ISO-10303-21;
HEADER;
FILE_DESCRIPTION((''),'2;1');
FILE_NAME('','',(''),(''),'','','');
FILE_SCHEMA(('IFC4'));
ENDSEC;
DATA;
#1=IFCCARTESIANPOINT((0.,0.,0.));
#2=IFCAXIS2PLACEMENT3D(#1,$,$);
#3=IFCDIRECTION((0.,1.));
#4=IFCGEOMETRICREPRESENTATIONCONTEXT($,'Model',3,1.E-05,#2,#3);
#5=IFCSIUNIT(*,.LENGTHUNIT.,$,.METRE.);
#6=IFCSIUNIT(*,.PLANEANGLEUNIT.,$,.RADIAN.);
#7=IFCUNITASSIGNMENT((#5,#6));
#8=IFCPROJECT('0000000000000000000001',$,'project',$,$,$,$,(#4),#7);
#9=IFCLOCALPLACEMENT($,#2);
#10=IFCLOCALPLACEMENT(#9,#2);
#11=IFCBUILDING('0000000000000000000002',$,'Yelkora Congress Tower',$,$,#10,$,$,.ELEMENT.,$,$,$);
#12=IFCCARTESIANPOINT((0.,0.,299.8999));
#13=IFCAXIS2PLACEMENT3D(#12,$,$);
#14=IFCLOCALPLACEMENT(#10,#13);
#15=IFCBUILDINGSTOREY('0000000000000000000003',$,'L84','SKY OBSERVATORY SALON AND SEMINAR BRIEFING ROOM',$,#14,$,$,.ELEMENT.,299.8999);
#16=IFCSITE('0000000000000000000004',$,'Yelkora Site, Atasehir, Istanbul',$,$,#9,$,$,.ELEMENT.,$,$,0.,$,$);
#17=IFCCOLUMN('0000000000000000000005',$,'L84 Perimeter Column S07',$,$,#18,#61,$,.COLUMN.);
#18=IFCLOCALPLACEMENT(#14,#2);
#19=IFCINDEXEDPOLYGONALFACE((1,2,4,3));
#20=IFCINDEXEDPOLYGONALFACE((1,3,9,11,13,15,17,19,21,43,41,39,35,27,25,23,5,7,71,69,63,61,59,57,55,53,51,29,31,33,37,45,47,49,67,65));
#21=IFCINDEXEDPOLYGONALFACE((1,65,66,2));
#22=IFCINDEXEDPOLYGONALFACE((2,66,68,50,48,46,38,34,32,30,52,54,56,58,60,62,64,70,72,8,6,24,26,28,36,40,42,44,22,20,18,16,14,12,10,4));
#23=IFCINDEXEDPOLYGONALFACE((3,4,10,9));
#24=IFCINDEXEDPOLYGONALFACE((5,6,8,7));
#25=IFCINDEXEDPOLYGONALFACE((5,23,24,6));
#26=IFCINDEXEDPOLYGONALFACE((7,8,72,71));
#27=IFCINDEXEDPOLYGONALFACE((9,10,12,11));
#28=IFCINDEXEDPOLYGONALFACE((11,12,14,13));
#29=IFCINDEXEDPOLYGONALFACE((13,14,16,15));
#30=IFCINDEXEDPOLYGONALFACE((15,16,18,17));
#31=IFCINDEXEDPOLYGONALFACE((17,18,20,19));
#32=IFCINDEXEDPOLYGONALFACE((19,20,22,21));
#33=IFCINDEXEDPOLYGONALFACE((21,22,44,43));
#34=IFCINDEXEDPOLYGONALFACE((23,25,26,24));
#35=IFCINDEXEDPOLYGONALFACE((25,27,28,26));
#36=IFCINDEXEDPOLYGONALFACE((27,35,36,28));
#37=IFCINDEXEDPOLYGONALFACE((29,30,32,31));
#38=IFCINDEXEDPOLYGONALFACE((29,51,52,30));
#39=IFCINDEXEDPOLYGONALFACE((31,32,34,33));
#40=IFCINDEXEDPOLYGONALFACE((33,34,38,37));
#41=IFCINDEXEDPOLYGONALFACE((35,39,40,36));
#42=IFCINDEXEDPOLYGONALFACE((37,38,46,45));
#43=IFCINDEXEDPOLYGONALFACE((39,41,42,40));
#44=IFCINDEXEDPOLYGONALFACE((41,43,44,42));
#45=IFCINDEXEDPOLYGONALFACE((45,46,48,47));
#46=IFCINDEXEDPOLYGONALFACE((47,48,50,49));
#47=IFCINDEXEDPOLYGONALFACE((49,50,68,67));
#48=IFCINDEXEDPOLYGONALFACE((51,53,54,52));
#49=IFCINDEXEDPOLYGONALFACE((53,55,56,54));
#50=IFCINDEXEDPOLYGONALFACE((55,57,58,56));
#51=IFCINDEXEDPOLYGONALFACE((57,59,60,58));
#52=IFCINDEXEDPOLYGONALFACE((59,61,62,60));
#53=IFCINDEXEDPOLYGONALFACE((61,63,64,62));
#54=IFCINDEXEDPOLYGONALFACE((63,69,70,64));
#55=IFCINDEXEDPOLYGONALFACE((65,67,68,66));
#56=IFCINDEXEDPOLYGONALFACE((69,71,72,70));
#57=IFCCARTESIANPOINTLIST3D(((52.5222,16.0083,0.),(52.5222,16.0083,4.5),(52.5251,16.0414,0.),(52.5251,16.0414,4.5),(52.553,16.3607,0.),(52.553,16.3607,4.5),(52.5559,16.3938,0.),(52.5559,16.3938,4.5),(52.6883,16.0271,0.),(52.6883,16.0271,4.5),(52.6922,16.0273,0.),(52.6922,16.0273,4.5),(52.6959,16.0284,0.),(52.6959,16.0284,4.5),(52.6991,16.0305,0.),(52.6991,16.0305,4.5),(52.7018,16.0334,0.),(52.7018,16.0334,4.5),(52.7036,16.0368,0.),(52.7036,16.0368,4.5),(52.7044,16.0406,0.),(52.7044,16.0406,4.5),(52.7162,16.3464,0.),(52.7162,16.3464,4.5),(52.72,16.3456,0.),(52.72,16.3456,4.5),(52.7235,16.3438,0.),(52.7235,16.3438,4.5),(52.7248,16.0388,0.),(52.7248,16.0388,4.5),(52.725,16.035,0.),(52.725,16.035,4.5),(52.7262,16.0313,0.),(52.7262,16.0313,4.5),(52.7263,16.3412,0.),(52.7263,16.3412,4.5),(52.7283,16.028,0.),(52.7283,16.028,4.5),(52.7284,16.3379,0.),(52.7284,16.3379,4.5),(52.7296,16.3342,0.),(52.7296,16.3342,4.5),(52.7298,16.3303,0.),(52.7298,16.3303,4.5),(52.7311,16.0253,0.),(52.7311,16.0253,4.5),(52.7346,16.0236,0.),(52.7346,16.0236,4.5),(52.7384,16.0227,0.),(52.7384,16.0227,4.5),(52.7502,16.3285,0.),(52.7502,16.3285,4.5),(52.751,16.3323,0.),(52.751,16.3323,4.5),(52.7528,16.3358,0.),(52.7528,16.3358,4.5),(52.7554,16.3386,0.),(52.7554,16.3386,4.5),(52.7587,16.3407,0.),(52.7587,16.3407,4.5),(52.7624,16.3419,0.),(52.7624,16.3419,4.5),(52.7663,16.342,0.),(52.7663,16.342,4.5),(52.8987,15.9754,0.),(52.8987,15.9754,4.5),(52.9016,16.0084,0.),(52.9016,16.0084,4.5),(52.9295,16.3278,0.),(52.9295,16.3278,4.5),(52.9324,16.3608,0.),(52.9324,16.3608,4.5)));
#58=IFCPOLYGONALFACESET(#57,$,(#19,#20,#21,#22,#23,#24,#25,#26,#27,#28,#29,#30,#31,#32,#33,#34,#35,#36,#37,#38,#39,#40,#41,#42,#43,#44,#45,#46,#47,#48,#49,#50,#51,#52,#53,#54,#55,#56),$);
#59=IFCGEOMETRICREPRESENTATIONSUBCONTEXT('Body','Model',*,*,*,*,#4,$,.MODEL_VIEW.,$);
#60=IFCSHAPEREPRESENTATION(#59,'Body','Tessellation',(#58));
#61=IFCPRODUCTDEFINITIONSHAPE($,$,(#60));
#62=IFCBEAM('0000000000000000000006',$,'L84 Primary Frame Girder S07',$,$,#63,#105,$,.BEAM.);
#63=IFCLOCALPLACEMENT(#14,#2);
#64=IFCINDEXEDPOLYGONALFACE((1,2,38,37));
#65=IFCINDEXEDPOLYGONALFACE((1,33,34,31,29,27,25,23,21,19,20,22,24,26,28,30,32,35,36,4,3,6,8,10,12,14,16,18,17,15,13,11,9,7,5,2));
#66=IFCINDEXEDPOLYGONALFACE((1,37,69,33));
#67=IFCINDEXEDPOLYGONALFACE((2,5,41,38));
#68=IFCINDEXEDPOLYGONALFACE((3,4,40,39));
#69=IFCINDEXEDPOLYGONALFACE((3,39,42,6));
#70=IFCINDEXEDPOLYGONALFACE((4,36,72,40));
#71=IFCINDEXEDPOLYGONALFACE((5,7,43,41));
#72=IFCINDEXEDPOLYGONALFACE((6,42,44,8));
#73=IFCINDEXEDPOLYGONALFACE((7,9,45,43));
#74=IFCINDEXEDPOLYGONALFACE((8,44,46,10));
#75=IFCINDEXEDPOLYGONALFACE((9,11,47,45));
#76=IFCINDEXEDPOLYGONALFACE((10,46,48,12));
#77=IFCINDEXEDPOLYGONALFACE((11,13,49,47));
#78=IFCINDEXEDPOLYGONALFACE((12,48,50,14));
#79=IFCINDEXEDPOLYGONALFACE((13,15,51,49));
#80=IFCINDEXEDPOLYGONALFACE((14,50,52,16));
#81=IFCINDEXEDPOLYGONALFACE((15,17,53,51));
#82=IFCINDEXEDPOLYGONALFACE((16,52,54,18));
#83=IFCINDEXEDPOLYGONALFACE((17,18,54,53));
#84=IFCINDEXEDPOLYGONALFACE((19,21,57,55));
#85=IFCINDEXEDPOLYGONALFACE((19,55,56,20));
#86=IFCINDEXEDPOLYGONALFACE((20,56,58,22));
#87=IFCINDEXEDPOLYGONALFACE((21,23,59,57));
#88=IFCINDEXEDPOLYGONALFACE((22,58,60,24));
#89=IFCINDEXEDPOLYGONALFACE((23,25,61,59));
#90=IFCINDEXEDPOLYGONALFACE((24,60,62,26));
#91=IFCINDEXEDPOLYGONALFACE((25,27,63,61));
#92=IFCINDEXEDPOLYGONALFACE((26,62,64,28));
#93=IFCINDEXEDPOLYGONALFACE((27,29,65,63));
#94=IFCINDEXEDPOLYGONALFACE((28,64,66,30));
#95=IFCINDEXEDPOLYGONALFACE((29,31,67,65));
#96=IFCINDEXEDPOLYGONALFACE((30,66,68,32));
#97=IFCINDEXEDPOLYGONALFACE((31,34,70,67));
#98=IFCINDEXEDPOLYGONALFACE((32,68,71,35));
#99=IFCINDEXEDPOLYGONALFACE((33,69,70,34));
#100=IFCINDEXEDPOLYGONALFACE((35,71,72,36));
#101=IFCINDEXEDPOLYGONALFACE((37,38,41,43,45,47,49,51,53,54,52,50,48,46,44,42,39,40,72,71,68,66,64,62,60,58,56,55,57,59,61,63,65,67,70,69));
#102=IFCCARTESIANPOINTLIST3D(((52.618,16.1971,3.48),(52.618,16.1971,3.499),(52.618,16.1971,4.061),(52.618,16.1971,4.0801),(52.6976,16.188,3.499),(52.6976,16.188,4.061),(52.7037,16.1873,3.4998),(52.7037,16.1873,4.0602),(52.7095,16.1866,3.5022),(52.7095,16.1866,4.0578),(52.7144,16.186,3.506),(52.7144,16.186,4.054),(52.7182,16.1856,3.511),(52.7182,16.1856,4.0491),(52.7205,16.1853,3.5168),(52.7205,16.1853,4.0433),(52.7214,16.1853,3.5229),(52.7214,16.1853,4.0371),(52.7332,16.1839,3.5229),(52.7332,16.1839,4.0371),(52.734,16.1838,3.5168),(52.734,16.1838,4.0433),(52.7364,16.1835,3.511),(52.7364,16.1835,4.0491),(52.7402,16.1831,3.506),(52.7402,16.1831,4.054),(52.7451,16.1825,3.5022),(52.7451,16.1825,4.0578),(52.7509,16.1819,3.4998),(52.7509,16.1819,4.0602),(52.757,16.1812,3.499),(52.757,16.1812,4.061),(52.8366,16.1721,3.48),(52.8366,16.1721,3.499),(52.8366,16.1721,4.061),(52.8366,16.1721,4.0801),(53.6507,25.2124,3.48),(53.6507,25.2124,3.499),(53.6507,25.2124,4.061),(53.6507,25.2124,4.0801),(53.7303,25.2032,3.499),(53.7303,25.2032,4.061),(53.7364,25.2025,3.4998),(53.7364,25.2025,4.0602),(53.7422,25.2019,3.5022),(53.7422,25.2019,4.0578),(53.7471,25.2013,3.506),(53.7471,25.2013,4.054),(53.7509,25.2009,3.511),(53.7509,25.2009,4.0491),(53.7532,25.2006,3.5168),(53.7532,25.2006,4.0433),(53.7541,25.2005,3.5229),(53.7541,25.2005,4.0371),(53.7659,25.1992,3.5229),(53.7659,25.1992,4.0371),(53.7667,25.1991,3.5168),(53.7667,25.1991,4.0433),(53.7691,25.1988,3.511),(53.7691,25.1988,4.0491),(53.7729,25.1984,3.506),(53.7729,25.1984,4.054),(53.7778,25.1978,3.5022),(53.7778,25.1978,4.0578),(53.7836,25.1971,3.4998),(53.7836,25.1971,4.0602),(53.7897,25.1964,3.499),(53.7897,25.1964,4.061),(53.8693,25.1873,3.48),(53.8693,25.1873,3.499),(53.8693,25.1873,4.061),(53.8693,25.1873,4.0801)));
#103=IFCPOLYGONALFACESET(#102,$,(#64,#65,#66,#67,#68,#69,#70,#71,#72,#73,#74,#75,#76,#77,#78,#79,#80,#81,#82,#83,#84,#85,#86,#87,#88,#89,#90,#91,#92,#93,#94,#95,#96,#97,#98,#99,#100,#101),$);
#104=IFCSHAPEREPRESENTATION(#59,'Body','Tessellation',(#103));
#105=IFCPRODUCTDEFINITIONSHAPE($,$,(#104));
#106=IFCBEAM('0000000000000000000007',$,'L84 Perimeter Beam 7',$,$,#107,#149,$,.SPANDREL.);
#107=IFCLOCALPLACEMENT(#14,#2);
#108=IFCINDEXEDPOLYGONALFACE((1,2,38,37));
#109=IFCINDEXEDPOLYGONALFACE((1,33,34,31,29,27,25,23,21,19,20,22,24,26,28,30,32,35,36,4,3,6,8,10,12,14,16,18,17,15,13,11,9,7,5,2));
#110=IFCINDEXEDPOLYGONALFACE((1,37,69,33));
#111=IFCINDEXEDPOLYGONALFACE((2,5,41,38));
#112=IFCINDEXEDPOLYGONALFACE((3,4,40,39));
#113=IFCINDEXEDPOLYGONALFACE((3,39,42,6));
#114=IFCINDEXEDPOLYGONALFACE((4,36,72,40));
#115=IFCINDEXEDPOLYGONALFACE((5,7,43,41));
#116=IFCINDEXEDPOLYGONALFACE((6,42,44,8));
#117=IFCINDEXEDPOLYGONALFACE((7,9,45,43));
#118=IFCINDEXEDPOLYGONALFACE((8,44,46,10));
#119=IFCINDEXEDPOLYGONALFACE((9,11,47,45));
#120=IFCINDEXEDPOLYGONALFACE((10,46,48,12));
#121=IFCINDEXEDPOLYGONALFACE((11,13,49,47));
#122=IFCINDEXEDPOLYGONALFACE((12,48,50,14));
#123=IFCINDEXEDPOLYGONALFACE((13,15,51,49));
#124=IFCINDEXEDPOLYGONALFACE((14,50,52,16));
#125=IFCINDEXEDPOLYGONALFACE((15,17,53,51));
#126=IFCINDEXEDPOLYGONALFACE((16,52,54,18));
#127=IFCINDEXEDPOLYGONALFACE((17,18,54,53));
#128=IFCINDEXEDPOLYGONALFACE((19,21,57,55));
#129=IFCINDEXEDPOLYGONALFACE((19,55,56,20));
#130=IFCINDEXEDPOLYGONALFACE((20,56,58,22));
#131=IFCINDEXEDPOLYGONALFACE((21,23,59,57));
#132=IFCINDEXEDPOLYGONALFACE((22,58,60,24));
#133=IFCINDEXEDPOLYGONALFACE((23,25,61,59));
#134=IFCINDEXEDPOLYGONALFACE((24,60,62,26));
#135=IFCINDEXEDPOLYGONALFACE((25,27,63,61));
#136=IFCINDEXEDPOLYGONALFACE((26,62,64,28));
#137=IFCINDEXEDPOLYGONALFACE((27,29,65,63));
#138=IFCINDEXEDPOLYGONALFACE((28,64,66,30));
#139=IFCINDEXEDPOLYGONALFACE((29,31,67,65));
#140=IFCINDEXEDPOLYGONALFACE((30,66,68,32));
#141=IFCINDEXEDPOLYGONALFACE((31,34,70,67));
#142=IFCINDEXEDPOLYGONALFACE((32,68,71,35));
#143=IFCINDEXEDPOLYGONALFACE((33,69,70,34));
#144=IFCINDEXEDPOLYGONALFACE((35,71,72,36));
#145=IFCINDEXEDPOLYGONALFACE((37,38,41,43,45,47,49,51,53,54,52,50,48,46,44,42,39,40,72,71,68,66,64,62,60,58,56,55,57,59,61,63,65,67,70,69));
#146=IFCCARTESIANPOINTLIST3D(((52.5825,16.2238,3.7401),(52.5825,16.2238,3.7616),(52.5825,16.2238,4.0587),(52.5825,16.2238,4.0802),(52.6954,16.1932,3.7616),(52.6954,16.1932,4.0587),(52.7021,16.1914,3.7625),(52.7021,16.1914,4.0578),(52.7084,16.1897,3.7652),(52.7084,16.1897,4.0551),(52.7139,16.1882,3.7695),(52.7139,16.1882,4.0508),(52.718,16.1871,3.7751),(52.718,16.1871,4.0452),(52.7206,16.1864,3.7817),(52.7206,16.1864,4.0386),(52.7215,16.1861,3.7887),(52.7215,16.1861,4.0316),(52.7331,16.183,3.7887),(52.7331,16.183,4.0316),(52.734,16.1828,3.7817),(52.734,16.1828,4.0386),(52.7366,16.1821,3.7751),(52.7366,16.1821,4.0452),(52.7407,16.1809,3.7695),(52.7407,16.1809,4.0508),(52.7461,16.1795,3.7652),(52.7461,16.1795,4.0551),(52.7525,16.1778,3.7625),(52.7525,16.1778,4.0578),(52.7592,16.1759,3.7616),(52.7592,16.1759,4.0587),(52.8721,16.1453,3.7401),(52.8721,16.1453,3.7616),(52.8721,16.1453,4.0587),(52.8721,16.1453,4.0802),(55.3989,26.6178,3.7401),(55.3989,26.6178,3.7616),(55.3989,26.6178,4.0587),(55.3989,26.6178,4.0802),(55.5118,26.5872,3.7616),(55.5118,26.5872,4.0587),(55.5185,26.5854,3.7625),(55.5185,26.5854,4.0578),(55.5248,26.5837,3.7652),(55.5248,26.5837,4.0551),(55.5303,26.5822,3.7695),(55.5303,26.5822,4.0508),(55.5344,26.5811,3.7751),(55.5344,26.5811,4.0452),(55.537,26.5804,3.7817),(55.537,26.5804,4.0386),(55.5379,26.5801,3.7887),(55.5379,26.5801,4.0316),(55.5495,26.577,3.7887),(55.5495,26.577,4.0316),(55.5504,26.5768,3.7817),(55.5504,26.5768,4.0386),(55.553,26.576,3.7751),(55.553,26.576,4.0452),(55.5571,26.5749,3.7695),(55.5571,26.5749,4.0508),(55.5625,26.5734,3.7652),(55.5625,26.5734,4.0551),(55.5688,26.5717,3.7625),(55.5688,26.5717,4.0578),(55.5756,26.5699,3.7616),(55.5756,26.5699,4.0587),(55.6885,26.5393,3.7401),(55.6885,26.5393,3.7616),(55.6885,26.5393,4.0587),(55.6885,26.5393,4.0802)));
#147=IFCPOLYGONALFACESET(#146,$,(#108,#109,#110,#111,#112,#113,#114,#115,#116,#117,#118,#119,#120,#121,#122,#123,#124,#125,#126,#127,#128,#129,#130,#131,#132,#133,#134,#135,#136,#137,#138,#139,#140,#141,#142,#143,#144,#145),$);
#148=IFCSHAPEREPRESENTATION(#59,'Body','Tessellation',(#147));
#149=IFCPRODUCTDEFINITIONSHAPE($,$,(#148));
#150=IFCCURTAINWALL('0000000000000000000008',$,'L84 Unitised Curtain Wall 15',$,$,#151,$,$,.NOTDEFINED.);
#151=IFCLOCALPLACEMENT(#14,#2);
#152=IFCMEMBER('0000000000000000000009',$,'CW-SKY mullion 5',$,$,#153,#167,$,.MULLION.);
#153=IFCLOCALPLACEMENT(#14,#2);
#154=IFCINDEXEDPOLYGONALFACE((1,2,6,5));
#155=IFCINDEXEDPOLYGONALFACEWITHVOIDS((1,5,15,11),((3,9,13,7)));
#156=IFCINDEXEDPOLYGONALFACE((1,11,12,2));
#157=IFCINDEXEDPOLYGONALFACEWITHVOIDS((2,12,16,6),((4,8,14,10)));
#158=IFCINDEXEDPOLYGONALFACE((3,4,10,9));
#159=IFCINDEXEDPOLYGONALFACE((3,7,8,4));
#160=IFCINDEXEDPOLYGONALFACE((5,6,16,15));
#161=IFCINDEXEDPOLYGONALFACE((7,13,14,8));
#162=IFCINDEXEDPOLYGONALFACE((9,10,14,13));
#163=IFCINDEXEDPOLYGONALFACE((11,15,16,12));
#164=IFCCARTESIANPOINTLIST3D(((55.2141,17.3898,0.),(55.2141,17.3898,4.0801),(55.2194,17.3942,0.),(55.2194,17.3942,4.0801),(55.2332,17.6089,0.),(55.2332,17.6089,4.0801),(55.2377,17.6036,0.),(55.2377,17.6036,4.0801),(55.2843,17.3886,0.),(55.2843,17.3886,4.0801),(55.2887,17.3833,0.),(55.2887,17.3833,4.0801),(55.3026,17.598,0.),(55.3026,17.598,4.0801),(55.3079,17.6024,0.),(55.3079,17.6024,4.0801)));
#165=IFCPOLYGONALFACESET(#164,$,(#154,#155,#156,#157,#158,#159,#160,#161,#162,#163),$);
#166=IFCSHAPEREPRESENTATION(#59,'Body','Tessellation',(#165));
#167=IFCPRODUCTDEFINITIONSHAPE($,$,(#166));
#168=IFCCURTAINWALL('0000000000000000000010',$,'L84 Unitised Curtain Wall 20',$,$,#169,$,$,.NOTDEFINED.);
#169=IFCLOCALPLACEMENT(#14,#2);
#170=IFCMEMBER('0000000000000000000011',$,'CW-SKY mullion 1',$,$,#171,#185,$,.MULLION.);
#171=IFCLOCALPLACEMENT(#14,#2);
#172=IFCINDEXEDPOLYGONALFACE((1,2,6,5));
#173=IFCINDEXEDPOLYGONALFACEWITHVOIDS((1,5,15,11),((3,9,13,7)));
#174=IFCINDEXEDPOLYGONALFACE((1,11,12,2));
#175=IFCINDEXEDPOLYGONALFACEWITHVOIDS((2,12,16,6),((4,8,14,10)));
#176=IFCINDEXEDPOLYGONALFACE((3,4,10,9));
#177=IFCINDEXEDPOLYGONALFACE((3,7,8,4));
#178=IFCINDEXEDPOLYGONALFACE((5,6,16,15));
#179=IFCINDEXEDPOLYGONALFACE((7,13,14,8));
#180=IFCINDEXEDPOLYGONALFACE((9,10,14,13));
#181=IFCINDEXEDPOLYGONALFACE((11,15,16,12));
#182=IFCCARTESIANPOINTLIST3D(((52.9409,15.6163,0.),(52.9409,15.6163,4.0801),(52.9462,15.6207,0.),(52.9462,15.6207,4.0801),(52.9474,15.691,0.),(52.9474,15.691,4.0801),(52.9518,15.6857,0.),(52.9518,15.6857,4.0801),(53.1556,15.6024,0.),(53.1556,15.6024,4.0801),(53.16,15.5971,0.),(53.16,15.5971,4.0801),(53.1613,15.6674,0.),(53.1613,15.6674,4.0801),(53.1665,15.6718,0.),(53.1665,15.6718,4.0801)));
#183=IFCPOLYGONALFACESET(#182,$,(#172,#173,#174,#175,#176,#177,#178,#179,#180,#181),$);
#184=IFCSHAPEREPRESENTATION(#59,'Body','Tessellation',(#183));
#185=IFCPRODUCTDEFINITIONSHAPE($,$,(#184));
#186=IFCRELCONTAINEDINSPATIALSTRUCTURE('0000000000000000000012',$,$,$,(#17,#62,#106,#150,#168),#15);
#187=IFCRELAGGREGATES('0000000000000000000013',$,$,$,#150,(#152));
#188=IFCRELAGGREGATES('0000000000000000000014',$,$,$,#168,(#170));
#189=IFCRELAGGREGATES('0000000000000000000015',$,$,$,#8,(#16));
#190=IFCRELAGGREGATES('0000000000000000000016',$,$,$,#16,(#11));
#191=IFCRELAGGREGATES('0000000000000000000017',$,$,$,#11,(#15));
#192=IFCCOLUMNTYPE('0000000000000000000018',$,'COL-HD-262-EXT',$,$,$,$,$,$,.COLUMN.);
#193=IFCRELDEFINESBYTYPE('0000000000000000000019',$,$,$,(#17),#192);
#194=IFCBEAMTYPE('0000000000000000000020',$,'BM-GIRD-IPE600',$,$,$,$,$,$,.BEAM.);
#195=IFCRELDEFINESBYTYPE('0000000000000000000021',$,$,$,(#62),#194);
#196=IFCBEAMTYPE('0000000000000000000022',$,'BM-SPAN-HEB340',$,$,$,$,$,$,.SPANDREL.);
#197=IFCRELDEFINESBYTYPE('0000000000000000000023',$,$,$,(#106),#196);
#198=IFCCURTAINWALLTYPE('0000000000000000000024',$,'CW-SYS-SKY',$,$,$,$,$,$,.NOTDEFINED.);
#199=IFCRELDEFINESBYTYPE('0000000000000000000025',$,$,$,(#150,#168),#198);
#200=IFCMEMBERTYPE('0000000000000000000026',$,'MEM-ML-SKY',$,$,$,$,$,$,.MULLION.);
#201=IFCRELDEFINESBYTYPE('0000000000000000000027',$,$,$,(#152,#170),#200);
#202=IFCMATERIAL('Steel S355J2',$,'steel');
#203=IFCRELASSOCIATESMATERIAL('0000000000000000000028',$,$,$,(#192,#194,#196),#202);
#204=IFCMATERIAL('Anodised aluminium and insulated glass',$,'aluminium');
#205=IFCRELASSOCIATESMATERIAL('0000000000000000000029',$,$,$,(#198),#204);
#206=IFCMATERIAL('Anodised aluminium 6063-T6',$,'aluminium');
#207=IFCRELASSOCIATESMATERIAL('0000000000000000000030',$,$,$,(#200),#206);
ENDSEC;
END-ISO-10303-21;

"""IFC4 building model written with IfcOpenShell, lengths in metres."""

from ifc_helpers import new_model, si_unit, direction, frame, origin, origin_2d, place, context, subcontext, project, spatial, hollow_rectangle, i_section, extrude, material, material_profile, profile_set, type_object, element, aggregate, save


model = new_model("IFC4")

# Units and contexts
model_context = context("Model", 3, precision=1e-05, world=origin(), true_north=direction((0.0, 1.0)))
body_context = subcontext(model_context, "Body", "Model", "MODEL_VIEW")
ifc_project = project(units=[si_unit("LENGTHUNIT", "METRE"), si_unit("PLANEANGLEUNIT", "RADIAN")], contexts=[model_context])

# Site, building, storey
site_placement = place(None, origin())
site = spatial("IfcSite", under=ifc_project, at=site_placement, Name="Yelkora Site, Atasehir, Istanbul", CompositionType="ELEMENT", RefElevation=0.0)
building_placement = place(site_placement, origin())
building = spatial("IfcBuilding", under=site, at=building_placement, Name="Yelkora Congress Tower", CompositionType="ELEMENT")
storey_placement = place(building_placement, frame((0.0, 0.0, 299.8999)))
storey = spatial("IfcBuildingStorey", under=building, at=storey_placement, Name="L84", Description="SKY OBSERVATORY SALON AND SEMINAR BRIEFING ROOM", CompositionType="ELEMENT", Elevation=299.8999)

# Column
ifc_material_1 = material(Name="Steel S355J2", Category="steel")
ifc_material_profile_1 = material_profile(ifc_material_1, i_section(OverallWidth=0.3779, OverallDepth=0.387, WebThickness=0.0205, FlangeThickness=0.0332, FilletRadius=0.0149, at=origin_2d()), Name="HD 360x262")
ifc_profile_set_1 = profile_set([ifc_material_profile_1], Name="Steel S355J2")
column_type = type_object("IfcColumnType", Name="COL-HD-262-EXT", PredefinedType="COLUMN", material=ifc_profile_set_1)
column_placement = place(storey_placement, frame((52.7273, 16.1846, 0.0), z_axis=(0.0, 0.0, 1.0), x_axis=(0.996195, -0.087156, 0.0)))
element("IfcColumn", 1, at=column_placement, inside=storey, type_object=column_type, Name="L84 Perimeter Column S07", PredefinedType="COLUMN", context=body_context, shape_type="SweptSolid", body=[
    extrude(i_section(OverallWidth=0.3779, OverallDepth=0.387, WebThickness=0.0205, FlangeThickness=0.0332, FilletRadius=0.0149, at=origin_2d()), origin(), (0.0, 0.0, 1.0), 4.5),
])

# Beams
ifc_material_profile_2 = material_profile(ifc_material_1, i_section(OverallWidth=0.22, OverallDepth=0.6001, WebThickness=0.012, FlangeThickness=0.019, FilletRadius=0.0239, at=origin_2d()), Name="IPE 600")
ifc_profile_set_2 = profile_set([ifc_material_profile_2], Name="Steel S355J2")
beam_type_1 = type_object("IfcBeamType", Name="BM-GIRD-IPE600", PredefinedType="BEAM", material=ifc_profile_set_2)
beam_1_placement = place(storey_placement, frame((52.7273, 16.1846, 3.78), z_axis=(0.113806, 0.993503, 0.0), x_axis=(-0.993503, 0.113806, 0.0)))
element("IfcBeam", 2, at=beam_1_placement, inside=storey, type_object=beam_type_1, Name="L84 Primary Frame Girder S07", PredefinedType="BEAM", context=body_context, shape_type="SweptSolid", body=[
    extrude(i_section(OverallWidth=0.22, OverallDepth=0.6001, WebThickness=0.012, FlangeThickness=0.019, FilletRadius=0.0239, at=origin_2d()), origin(), (0.0, 0.0, 1.0), 9.0742),
])
ifc_material_profile_3 = material_profile(ifc_material_1, i_section(OverallWidth=0.3, OverallDepth=0.3401, WebThickness=0.012, FlangeThickness=0.0215, FilletRadius=0.0271, at=origin_2d()), Name="HEB 340")
ifc_profile_set_3 = profile_set([ifc_material_profile_3], Name="Steel S355J2")
beam_type_2 = type_object("IfcBeamType", Name="BM-SPAN-HEB340", PredefinedType="SPANDREL", material=ifc_profile_set_3)
beam_2_placement = place(storey_placement, frame((52.7273, 16.1846, 3.9102), z_axis=(0.261533, 0.965195, 0.0), x_axis=(-0.965195, 0.261533, 0.0)))
element("IfcBeam", 3, at=beam_2_placement, inside=storey, type_object=beam_type_2, Name="L84 Perimeter Beam 7", PredefinedType="SPANDREL", context=body_context, shape_type="SweptSolid", body=[
    extrude(i_section(OverallWidth=0.3, OverallDepth=0.3401, WebThickness=0.012, FlangeThickness=0.0215, FilletRadius=0.0271, at=origin_2d()), origin(), (0.0, 0.0, 1.0), 10.7688),
])

# Curtain wall, member
ifc_material_2 = material(Name="Anodised aluminium and insulated glass", Category="aluminium")
curtain_wall_type = type_object("IfcCurtainWallType", Name="CW-SYS-SKY", PredefinedType="NOTDEFINED", material=ifc_material_2)
curtain_wall_1_placement = place(storey_placement, origin())
curtain_wall_1 = element("IfcCurtainWall", 4, at=curtain_wall_1_placement, inside=storey, type_object=curtain_wall_type, Name="L84 Unitised Curtain Wall 15", PredefinedType="NOTDEFINED")
ifc_material_3 = material(Name="Anodised aluminium 6063-T6", Category="aluminium")
ifc_material_profile_4 = material_profile(ifc_material_3, hollow_rectangle(XDim=0.075, YDim=0.22, WallThickness=0.0049, at=origin_2d()), Name="ALU 75x220x5")
ifc_profile_set_4 = profile_set([ifc_material_profile_4], Name="Anodised aluminium 6063-T6")
member_type_1 = type_object("IfcMemberType", Name="MEM-ML-SKY", PredefinedType="MULLION", material=ifc_profile_set_4)
member_1_placement = place(storey_placement, frame((55.261, 17.4961, 0.0), z_axis=(0.0, 0.0, 1.0), x_axis=(0.996194, -0.087158, 0.0)))
member_1 = element("IfcMember", 5, at=member_1_placement, type_object=member_type_1, Name="CW-SKY mullion 5", PredefinedType="MULLION", context=body_context, shape_type="SweptSolid", body=[
    extrude(hollow_rectangle(XDim=0.075, YDim=0.22, WallThickness=0.0049, at=origin_2d()), origin(), (0.0, 0.0, 1.0), 4.0801),
])

# Curtain wall, member
curtain_wall_2_placement = place(storey_placement, origin())
curtain_wall_2 = element("IfcCurtainWall", 6, at=curtain_wall_2_placement, inside=storey, type_object=curtain_wall_type, Name="L84 Unitised Curtain Wall 20", PredefinedType="NOTDEFINED")
member_2_placement = place(storey_placement, frame((53.0537, 15.644, 0.0), z_axis=(0.0, 0.0, 1.0), x_axis=(-0.087157, -0.996195, 0.0)))
member_2 = element("IfcMember", 7, at=member_2_placement, type_object=member_type_1, Name="CW-SKY mullion 1", PredefinedType="MULLION", context=body_context, shape_type="SweptSolid", body=[
    extrude(hollow_rectangle(XDim=0.075, YDim=0.22, WallThickness=0.0049, at=origin_2d()), origin(), (0.0, 0.0, 1.0), 4.0801),
])

aggregate(curtain_wall_1, [member_1])
aggregate(curtain_wall_2, [member_2])

save(model, "model.ifc")
